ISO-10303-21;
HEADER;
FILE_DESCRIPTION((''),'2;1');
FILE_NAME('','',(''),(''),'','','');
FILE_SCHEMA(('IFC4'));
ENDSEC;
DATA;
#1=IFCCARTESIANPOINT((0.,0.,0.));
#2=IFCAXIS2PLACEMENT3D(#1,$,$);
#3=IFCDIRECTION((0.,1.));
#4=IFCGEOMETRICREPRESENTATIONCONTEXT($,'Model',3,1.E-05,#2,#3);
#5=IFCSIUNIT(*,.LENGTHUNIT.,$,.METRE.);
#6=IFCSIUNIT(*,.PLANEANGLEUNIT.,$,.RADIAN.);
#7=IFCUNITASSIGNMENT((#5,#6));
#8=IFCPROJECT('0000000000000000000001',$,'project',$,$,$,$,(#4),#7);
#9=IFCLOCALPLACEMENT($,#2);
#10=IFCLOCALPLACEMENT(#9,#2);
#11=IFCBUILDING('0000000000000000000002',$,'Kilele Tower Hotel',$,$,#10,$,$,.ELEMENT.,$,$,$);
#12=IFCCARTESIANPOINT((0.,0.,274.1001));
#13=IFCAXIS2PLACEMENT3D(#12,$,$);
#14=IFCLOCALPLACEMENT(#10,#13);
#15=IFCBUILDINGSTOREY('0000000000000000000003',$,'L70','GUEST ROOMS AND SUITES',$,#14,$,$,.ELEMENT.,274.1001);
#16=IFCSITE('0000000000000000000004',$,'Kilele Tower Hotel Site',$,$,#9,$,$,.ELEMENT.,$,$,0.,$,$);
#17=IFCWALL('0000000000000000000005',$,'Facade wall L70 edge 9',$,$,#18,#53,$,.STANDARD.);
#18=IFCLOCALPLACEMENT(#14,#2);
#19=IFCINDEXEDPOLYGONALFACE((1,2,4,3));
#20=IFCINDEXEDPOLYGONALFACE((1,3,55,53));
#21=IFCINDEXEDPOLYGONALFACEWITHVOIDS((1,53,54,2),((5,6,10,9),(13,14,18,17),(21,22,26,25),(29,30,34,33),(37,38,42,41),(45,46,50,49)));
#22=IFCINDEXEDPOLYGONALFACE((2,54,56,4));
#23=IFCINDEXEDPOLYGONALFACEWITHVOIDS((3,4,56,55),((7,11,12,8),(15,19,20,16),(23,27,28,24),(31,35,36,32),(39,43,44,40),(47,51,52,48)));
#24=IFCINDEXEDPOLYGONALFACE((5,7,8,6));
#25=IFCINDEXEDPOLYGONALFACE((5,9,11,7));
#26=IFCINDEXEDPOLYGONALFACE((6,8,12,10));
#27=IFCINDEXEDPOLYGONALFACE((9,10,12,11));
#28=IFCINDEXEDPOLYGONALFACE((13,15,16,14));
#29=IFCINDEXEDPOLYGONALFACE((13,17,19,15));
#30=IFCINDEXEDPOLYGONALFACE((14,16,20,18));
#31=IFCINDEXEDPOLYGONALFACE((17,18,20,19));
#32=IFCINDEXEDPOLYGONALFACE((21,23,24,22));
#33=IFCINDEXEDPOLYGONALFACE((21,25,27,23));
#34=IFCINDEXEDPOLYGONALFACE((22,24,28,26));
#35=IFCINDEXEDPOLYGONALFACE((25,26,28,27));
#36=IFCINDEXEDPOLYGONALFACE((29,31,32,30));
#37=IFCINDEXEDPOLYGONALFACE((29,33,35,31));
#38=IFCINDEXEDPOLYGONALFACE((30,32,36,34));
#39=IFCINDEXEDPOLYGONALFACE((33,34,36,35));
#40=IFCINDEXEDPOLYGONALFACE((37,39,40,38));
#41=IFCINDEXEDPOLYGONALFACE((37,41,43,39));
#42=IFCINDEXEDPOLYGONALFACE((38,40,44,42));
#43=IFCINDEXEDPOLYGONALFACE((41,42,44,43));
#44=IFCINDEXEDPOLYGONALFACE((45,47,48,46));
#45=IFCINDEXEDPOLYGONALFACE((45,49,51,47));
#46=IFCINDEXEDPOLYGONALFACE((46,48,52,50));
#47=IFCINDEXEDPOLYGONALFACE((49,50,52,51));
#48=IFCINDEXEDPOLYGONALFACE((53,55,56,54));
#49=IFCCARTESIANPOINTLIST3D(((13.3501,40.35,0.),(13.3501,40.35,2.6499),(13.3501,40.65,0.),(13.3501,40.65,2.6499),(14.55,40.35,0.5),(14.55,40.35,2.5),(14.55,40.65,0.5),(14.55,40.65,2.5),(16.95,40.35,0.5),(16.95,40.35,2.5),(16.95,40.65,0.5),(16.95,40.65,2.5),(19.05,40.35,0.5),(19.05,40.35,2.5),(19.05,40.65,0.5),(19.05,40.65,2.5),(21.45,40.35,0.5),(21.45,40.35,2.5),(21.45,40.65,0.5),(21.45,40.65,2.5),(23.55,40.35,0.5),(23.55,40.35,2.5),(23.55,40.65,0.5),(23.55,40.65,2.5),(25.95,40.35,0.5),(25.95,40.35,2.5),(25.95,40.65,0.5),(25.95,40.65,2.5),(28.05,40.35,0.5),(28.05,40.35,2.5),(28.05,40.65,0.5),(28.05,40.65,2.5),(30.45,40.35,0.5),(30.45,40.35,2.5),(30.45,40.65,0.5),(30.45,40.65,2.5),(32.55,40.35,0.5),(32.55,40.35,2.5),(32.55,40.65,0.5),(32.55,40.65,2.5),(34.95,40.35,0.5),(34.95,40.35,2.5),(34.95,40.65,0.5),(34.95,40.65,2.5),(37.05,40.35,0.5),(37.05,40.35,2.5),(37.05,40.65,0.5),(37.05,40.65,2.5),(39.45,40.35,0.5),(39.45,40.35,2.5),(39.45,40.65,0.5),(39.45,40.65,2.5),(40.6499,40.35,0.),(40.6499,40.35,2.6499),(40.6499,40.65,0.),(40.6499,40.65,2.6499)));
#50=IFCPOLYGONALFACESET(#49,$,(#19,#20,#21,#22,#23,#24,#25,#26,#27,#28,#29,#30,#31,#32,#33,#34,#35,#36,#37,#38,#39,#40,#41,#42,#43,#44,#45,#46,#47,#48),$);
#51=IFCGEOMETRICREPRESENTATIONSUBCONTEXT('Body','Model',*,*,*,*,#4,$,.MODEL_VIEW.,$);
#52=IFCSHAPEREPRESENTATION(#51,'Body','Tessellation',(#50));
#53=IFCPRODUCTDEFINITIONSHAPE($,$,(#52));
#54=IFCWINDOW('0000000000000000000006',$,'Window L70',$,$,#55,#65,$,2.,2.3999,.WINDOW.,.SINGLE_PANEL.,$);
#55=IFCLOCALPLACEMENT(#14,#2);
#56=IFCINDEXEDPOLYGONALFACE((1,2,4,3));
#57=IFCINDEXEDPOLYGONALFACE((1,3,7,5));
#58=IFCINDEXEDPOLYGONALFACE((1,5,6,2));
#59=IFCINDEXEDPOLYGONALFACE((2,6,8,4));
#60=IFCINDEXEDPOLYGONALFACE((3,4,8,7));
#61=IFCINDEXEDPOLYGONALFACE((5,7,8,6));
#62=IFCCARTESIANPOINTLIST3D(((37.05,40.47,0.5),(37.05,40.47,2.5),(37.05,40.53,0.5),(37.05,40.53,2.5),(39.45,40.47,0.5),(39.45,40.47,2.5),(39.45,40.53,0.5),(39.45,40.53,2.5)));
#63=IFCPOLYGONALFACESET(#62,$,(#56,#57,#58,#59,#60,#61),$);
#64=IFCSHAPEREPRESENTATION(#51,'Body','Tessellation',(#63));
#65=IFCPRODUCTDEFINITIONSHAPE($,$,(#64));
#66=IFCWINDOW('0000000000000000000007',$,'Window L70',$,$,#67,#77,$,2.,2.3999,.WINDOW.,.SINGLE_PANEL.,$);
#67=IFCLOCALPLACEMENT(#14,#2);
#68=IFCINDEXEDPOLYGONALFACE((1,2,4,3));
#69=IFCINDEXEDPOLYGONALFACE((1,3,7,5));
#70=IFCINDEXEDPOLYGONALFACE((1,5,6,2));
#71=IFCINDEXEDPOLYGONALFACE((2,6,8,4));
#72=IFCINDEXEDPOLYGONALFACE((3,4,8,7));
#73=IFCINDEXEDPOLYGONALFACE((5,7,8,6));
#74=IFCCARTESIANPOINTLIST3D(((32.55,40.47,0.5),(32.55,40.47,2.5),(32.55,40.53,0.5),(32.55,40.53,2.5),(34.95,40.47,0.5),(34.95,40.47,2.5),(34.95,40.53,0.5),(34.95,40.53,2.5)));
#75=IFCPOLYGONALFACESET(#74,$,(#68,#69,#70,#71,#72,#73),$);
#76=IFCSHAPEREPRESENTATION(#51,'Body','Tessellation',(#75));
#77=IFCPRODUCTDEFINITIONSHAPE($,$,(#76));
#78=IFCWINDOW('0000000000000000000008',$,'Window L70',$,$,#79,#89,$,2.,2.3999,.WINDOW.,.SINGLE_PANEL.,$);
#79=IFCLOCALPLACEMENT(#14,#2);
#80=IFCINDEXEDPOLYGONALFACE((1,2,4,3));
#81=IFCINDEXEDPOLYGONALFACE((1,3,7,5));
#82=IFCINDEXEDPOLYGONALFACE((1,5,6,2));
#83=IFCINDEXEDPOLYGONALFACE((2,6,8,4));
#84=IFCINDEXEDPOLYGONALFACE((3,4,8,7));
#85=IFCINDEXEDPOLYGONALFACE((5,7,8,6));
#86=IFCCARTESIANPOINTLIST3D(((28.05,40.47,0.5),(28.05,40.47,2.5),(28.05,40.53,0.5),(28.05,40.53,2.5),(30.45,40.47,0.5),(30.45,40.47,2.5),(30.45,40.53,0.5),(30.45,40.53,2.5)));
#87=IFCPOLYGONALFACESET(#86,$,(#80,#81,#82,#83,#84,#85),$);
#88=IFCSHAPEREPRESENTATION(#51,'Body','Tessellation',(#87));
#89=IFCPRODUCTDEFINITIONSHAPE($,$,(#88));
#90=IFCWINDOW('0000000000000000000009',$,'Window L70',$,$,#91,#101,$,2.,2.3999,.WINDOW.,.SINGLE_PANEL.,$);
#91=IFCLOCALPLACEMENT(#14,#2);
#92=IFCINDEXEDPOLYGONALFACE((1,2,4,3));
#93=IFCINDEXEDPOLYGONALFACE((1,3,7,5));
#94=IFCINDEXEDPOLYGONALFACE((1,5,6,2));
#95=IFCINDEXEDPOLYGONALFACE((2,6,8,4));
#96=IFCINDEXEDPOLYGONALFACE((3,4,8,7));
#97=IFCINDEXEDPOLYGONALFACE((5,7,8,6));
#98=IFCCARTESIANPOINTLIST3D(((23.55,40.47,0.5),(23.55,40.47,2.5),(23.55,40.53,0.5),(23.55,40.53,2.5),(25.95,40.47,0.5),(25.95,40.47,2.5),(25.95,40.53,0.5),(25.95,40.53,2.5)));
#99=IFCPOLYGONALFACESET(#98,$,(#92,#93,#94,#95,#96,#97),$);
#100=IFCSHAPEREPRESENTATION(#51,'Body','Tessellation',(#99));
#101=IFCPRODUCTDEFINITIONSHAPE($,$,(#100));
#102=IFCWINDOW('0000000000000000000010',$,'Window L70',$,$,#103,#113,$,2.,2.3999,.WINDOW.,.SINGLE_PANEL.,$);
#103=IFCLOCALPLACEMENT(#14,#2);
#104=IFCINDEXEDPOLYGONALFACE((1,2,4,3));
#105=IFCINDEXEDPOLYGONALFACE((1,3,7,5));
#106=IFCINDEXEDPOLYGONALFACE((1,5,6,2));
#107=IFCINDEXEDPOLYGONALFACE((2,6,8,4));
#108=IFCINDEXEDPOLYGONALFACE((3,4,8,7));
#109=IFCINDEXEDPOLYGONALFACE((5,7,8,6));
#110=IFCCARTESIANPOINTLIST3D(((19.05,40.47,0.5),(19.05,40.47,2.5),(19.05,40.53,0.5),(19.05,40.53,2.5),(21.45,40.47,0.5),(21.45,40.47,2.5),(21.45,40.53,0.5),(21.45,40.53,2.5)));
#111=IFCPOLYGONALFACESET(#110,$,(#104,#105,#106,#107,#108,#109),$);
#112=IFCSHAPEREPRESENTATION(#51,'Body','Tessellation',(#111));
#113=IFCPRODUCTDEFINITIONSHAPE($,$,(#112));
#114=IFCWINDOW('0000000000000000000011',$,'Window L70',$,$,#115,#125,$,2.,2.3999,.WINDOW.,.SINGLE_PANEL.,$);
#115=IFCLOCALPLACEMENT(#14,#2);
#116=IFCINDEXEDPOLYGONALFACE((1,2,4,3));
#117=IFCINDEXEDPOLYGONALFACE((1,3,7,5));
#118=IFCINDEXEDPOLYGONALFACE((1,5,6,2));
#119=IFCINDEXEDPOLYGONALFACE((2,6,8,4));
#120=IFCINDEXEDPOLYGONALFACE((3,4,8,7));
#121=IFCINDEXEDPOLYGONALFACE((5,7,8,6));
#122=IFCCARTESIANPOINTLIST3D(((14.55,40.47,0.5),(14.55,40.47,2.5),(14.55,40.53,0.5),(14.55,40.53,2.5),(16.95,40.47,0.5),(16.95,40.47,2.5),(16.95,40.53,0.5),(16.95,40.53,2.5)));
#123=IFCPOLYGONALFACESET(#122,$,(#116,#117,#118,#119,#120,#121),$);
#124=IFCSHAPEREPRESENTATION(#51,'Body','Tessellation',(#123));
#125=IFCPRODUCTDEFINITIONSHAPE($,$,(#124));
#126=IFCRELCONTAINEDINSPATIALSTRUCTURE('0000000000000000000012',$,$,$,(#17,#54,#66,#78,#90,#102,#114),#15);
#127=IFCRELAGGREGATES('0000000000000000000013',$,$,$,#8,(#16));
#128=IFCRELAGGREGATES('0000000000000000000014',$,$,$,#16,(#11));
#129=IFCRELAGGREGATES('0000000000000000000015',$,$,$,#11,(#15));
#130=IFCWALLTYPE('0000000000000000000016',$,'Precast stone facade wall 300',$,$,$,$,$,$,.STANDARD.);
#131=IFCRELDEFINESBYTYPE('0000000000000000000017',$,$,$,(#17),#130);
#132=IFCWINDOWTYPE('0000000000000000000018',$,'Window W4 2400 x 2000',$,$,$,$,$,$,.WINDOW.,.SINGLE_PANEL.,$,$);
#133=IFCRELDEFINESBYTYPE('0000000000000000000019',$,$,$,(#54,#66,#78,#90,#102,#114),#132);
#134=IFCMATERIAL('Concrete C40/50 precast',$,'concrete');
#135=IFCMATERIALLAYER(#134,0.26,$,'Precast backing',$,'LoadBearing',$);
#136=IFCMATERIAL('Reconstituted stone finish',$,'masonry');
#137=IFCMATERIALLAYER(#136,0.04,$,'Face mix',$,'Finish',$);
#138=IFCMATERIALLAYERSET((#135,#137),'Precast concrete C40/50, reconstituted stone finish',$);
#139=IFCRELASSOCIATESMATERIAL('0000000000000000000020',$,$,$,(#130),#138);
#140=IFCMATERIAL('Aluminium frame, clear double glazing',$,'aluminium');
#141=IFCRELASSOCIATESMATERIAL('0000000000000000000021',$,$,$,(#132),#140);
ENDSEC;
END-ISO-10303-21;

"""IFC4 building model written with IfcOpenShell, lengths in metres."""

from ifc_helpers import new_model, si_unit, direction, frame, frame_2d, origin, place, context, subcontext, project, spatial, rectangle, extrude, material, layer, layer_set, type_object, element, fill, save


model = new_model("IFC4")

# Units and contexts
model_context = context("Model", 3, precision=1e-05, world=origin(), true_north=direction((0.0, 1.0)))
body_context = subcontext(model_context, "Body", "Model", "MODEL_VIEW")
ifc_project = project(units=[si_unit("LENGTHUNIT", "METRE"), si_unit("PLANEANGLEUNIT", "RADIAN")], contexts=[model_context])

# Site, building, storey
site_placement = place(None, origin())
site = spatial("IfcSite", under=ifc_project, at=site_placement, Name="Kilele Tower Hotel Site", CompositionType="ELEMENT", RefElevation=0.0)
building_placement = place(site_placement, origin())
building = spatial("IfcBuilding", under=site, at=building_placement, Name="Kilele Tower Hotel", CompositionType="ELEMENT")
storey_placement = place(building_placement, frame((0.0, 0.0, 274.1001)))
storey = spatial("IfcBuildingStorey", under=building, at=storey_placement, Name="L70", Description="GUEST ROOMS AND SUITES", CompositionType="ELEMENT", Elevation=274.1001)

# Shared definitions
ifc_material_1 = material(Name="Concrete C40/50 precast", Category="concrete")
ifc_layer_1 = layer(ifc_material_1, 0.26, Name="Precast backing", Category="LoadBearing")
ifc_material_2 = material(Name="Reconstituted stone finish", Category="masonry")
ifc_layer_2 = layer(ifc_material_2, 0.04, Name="Face mix", Category="Finish")
ifc_layer_set = layer_set([ifc_layer_1, ifc_layer_2], Name="Precast concrete C40/50, reconstituted stone finish")
wall_type = type_object("IfcWallType", Name="Precast stone facade wall 300", PredefinedType="STANDARD", material=ifc_layer_set)
ifc_material_3 = material(Name="Aluminium frame, clear double glazing", Category="aluminium")
window_type = type_object("IfcWindowType", Name="Window W4 2400 x 2000", PartitioningType="SINGLE_PANEL", PredefinedType="WINDOW", material=ifc_material_3)

# Wall, openings, windows
wall_1_placement = place(storey_placement, frame((40.6499, 40.5, 0.0), z_axis=(0.0, 0.0, 1.0), x_axis=(-1.0, 0.0, 0.0)))
wall_1 = element("IfcWall", 1, at=wall_1_placement, inside=storey, type_object=wall_type, Name="Facade wall L70 edge 9", PredefinedType="STANDARD", context=body_context, shape_type="SweptSolid", body=[
    extrude(rectangle(XDim=27.2998, YDim=0.3, at=frame_2d((13.6499, 0.0))), origin(), (0.0, 0.0, 1.0), 2.6499),
])
opening_1_placement = place(wall_1_placement, frame((1.2, 0.0, 0.5)))
opening_1 = element("IfcOpeningElement", 2, at=opening_1_placement, cuts=wall_1, PredefinedType="OPENING", context=body_context, shape_type="SweptSolid", body=[
    extrude(rectangle(XDim=2.3999, YDim=2.0, at=frame_2d((1.2, 1.0))), frame((0.0, 0.1599, 0.0), z_axis=(0.0, -1.0, 0.0), x_axis=(1.0, 0.0, 0.0)), (0.0, 0.0, 1.0), 0.3201),
])
opening_2_placement = place(wall_1_placement, frame((5.7, 0.0, 0.5)))
opening_2 = element("IfcOpeningElement", 3, at=opening_2_placement, cuts=wall_1, PredefinedType="OPENING", context=body_context, shape_type="SweptSolid", body=[
    extrude(rectangle(XDim=2.3999, YDim=2.0, at=frame_2d((1.2, 1.0))), frame((0.0, 0.1599, 0.0), z_axis=(0.0, -1.0, 0.0), x_axis=(1.0, 0.0, 0.0)), (0.0, 0.0, 1.0), 0.3201),
])
opening_3_placement = place(wall_1_placement, frame((10.2, 0.0, 0.5)))
opening_3 = element("IfcOpeningElement", 4, at=opening_3_placement, cuts=wall_1, PredefinedType="OPENING", context=body_context, shape_type="SweptSolid", body=[
    extrude(rectangle(XDim=2.3999, YDim=2.0, at=frame_2d((1.2, 1.0))), frame((0.0, 0.1599, 0.0), z_axis=(0.0, -1.0, 0.0), x_axis=(1.0, 0.0, 0.0)), (0.0, 0.0, 1.0), 0.3201),
])
opening_4_placement = place(wall_1_placement, frame((14.7, 0.0, 0.5)))
opening_4 = element("IfcOpeningElement", 5, at=opening_4_placement, cuts=wall_1, PredefinedType="OPENING", context=body_context, shape_type="SweptSolid", body=[
    extrude(rectangle(XDim=2.3999, YDim=2.0, at=frame_2d((1.2, 1.0))), frame((0.0, 0.1599, 0.0), z_axis=(0.0, -1.0, 0.0), x_axis=(1.0, 0.0, 0.0)), (0.0, 0.0, 1.0), 0.3201),
])
opening_5_placement = place(wall_1_placement, frame((19.2, 0.0, 0.5)))
opening_5 = element("IfcOpeningElement", 6, at=opening_5_placement, cuts=wall_1, PredefinedType="OPENING", context=body_context, shape_type="SweptSolid", body=[
    extrude(rectangle(XDim=2.3999, YDim=2.0, at=frame_2d((1.2, 1.0))), frame((0.0, 0.1599, 0.0), z_axis=(0.0, -1.0, 0.0), x_axis=(1.0, 0.0, 0.0)), (0.0, 0.0, 1.0), 0.3201),
])
opening_6_placement = place(wall_1_placement, frame((23.7, 0.0, 0.5)))
opening_6 = element("IfcOpeningElement", 7, at=opening_6_placement, cuts=wall_1, PredefinedType="OPENING", context=body_context, shape_type="SweptSolid", body=[
    extrude(rectangle(XDim=2.3999, YDim=2.0, at=frame_2d((1.2, 1.0))), frame((0.0, 0.1599, 0.0), z_axis=(0.0, -1.0, 0.0), x_axis=(1.0, 0.0, 0.0)), (0.0, 0.0, 1.0), 0.3201),
])
window_1_placement = place(opening_1_placement, origin())
window_1 = element("IfcWindow", 8, at=window_1_placement, inside=storey, type_object=window_type, Name="Window L70", OverallHeight=2.0, OverallWidth=2.3999, PartitioningType="SINGLE_PANEL", PredefinedType="WINDOW", context=body_context, shape_type="SweptSolid", body=[
    extrude(rectangle(XDim=2.3999, YDim=2.0, at=frame_2d((1.2, 1.0))), frame((0.0, 0.03, 0.0), z_axis=(0.0, -1.0, 0.0), x_axis=(1.0, 0.0, 0.0)), (0.0, 0.0, 1.0), 0.0601),
])
fill(opening_1, window_1)
window_2_placement = place(opening_2_placement, origin())
window_2 = element("IfcWindow", 9, at=window_2_placement, inside=storey, type_object=window_type, Name="Window L70", OverallHeight=2.0, OverallWidth=2.3999, PartitioningType="SINGLE_PANEL", PredefinedType="WINDOW", context=body_context, shape_type="SweptSolid", body=[
    extrude(rectangle(XDim=2.3999, YDim=2.0, at=frame_2d((1.2, 1.0))), frame((0.0, 0.03, 0.0), z_axis=(0.0, -1.0, 0.0), x_axis=(1.0, 0.0, 0.0)), (0.0, 0.0, 1.0), 0.0601),
])
fill(opening_2, window_2)
window_3_placement = place(opening_3_placement, origin())
window_3 = element("IfcWindow", 10, at=window_3_placement, inside=storey, type_object=window_type, Name="Window L70", OverallHeight=2.0, OverallWidth=2.3999, PartitioningType="SINGLE_PANEL", PredefinedType="WINDOW", context=body_context, shape_type="SweptSolid", body=[
    extrude(rectangle(XDim=2.3999, YDim=2.0, at=frame_2d((1.2, 1.0))), frame((0.0, 0.03, 0.0), z_axis=(0.0, -1.0, 0.0), x_axis=(1.0, 0.0, 0.0)), (0.0, 0.0, 1.0), 0.0601),
])
fill(opening_3, window_3)
window_4_placement = place(opening_4_placement, origin())
window_4 = element("IfcWindow", 11, at=window_4_placement, inside=storey, type_object=window_type, Name="Window L70", OverallHeight=2.0, OverallWidth=2.3999, PartitioningType="SINGLE_PANEL", PredefinedType="WINDOW", context=body_context, shape_type="SweptSolid", body=[
    extrude(rectangle(XDim=2.3999, YDim=2.0, at=frame_2d((1.2, 1.0))), frame((0.0, 0.03, 0.0), z_axis=(0.0, -1.0, 0.0), x_axis=(1.0, 0.0, 0.0)), (0.0, 0.0, 1.0), 0.0601),
])
fill(opening_4, window_4)
window_5_placement = place(opening_5_placement, origin())
window_5 = element("IfcWindow", 12, at=window_5_placement, inside=storey, type_object=window_type, Name="Window L70", OverallHeight=2.0, OverallWidth=2.3999, PartitioningType="SINGLE_PANEL", PredefinedType="WINDOW", context=body_context, shape_type="SweptSolid", body=[
    extrude(rectangle(XDim=2.3999, YDim=2.0, at=frame_2d((1.2, 1.0))), frame((0.0, 0.03, 0.0), z_axis=(0.0, -1.0, 0.0), x_axis=(1.0, 0.0, 0.0)), (0.0, 0.0, 1.0), 0.0601),
])
fill(opening_5, window_5)
window_6_placement = place(opening_6_placement, origin())
window_6 = element("IfcWindow", 13, at=window_6_placement, inside=storey, type_object=window_type, Name="Window L70", OverallHeight=2.0, OverallWidth=2.3999, PartitioningType="SINGLE_PANEL", PredefinedType="WINDOW", context=body_context, shape_type="SweptSolid", body=[
    extrude(rectangle(XDim=2.3999, YDim=2.0, at=frame_2d((1.2, 1.0))), frame((0.0, 0.03, 0.0), z_axis=(0.0, -1.0, 0.0), x_axis=(1.0, 0.0, 0.0)), (0.0, 0.0, 1.0), 0.0601),
])
fill(opening_6, window_6)

save(model, "model.ifc")
